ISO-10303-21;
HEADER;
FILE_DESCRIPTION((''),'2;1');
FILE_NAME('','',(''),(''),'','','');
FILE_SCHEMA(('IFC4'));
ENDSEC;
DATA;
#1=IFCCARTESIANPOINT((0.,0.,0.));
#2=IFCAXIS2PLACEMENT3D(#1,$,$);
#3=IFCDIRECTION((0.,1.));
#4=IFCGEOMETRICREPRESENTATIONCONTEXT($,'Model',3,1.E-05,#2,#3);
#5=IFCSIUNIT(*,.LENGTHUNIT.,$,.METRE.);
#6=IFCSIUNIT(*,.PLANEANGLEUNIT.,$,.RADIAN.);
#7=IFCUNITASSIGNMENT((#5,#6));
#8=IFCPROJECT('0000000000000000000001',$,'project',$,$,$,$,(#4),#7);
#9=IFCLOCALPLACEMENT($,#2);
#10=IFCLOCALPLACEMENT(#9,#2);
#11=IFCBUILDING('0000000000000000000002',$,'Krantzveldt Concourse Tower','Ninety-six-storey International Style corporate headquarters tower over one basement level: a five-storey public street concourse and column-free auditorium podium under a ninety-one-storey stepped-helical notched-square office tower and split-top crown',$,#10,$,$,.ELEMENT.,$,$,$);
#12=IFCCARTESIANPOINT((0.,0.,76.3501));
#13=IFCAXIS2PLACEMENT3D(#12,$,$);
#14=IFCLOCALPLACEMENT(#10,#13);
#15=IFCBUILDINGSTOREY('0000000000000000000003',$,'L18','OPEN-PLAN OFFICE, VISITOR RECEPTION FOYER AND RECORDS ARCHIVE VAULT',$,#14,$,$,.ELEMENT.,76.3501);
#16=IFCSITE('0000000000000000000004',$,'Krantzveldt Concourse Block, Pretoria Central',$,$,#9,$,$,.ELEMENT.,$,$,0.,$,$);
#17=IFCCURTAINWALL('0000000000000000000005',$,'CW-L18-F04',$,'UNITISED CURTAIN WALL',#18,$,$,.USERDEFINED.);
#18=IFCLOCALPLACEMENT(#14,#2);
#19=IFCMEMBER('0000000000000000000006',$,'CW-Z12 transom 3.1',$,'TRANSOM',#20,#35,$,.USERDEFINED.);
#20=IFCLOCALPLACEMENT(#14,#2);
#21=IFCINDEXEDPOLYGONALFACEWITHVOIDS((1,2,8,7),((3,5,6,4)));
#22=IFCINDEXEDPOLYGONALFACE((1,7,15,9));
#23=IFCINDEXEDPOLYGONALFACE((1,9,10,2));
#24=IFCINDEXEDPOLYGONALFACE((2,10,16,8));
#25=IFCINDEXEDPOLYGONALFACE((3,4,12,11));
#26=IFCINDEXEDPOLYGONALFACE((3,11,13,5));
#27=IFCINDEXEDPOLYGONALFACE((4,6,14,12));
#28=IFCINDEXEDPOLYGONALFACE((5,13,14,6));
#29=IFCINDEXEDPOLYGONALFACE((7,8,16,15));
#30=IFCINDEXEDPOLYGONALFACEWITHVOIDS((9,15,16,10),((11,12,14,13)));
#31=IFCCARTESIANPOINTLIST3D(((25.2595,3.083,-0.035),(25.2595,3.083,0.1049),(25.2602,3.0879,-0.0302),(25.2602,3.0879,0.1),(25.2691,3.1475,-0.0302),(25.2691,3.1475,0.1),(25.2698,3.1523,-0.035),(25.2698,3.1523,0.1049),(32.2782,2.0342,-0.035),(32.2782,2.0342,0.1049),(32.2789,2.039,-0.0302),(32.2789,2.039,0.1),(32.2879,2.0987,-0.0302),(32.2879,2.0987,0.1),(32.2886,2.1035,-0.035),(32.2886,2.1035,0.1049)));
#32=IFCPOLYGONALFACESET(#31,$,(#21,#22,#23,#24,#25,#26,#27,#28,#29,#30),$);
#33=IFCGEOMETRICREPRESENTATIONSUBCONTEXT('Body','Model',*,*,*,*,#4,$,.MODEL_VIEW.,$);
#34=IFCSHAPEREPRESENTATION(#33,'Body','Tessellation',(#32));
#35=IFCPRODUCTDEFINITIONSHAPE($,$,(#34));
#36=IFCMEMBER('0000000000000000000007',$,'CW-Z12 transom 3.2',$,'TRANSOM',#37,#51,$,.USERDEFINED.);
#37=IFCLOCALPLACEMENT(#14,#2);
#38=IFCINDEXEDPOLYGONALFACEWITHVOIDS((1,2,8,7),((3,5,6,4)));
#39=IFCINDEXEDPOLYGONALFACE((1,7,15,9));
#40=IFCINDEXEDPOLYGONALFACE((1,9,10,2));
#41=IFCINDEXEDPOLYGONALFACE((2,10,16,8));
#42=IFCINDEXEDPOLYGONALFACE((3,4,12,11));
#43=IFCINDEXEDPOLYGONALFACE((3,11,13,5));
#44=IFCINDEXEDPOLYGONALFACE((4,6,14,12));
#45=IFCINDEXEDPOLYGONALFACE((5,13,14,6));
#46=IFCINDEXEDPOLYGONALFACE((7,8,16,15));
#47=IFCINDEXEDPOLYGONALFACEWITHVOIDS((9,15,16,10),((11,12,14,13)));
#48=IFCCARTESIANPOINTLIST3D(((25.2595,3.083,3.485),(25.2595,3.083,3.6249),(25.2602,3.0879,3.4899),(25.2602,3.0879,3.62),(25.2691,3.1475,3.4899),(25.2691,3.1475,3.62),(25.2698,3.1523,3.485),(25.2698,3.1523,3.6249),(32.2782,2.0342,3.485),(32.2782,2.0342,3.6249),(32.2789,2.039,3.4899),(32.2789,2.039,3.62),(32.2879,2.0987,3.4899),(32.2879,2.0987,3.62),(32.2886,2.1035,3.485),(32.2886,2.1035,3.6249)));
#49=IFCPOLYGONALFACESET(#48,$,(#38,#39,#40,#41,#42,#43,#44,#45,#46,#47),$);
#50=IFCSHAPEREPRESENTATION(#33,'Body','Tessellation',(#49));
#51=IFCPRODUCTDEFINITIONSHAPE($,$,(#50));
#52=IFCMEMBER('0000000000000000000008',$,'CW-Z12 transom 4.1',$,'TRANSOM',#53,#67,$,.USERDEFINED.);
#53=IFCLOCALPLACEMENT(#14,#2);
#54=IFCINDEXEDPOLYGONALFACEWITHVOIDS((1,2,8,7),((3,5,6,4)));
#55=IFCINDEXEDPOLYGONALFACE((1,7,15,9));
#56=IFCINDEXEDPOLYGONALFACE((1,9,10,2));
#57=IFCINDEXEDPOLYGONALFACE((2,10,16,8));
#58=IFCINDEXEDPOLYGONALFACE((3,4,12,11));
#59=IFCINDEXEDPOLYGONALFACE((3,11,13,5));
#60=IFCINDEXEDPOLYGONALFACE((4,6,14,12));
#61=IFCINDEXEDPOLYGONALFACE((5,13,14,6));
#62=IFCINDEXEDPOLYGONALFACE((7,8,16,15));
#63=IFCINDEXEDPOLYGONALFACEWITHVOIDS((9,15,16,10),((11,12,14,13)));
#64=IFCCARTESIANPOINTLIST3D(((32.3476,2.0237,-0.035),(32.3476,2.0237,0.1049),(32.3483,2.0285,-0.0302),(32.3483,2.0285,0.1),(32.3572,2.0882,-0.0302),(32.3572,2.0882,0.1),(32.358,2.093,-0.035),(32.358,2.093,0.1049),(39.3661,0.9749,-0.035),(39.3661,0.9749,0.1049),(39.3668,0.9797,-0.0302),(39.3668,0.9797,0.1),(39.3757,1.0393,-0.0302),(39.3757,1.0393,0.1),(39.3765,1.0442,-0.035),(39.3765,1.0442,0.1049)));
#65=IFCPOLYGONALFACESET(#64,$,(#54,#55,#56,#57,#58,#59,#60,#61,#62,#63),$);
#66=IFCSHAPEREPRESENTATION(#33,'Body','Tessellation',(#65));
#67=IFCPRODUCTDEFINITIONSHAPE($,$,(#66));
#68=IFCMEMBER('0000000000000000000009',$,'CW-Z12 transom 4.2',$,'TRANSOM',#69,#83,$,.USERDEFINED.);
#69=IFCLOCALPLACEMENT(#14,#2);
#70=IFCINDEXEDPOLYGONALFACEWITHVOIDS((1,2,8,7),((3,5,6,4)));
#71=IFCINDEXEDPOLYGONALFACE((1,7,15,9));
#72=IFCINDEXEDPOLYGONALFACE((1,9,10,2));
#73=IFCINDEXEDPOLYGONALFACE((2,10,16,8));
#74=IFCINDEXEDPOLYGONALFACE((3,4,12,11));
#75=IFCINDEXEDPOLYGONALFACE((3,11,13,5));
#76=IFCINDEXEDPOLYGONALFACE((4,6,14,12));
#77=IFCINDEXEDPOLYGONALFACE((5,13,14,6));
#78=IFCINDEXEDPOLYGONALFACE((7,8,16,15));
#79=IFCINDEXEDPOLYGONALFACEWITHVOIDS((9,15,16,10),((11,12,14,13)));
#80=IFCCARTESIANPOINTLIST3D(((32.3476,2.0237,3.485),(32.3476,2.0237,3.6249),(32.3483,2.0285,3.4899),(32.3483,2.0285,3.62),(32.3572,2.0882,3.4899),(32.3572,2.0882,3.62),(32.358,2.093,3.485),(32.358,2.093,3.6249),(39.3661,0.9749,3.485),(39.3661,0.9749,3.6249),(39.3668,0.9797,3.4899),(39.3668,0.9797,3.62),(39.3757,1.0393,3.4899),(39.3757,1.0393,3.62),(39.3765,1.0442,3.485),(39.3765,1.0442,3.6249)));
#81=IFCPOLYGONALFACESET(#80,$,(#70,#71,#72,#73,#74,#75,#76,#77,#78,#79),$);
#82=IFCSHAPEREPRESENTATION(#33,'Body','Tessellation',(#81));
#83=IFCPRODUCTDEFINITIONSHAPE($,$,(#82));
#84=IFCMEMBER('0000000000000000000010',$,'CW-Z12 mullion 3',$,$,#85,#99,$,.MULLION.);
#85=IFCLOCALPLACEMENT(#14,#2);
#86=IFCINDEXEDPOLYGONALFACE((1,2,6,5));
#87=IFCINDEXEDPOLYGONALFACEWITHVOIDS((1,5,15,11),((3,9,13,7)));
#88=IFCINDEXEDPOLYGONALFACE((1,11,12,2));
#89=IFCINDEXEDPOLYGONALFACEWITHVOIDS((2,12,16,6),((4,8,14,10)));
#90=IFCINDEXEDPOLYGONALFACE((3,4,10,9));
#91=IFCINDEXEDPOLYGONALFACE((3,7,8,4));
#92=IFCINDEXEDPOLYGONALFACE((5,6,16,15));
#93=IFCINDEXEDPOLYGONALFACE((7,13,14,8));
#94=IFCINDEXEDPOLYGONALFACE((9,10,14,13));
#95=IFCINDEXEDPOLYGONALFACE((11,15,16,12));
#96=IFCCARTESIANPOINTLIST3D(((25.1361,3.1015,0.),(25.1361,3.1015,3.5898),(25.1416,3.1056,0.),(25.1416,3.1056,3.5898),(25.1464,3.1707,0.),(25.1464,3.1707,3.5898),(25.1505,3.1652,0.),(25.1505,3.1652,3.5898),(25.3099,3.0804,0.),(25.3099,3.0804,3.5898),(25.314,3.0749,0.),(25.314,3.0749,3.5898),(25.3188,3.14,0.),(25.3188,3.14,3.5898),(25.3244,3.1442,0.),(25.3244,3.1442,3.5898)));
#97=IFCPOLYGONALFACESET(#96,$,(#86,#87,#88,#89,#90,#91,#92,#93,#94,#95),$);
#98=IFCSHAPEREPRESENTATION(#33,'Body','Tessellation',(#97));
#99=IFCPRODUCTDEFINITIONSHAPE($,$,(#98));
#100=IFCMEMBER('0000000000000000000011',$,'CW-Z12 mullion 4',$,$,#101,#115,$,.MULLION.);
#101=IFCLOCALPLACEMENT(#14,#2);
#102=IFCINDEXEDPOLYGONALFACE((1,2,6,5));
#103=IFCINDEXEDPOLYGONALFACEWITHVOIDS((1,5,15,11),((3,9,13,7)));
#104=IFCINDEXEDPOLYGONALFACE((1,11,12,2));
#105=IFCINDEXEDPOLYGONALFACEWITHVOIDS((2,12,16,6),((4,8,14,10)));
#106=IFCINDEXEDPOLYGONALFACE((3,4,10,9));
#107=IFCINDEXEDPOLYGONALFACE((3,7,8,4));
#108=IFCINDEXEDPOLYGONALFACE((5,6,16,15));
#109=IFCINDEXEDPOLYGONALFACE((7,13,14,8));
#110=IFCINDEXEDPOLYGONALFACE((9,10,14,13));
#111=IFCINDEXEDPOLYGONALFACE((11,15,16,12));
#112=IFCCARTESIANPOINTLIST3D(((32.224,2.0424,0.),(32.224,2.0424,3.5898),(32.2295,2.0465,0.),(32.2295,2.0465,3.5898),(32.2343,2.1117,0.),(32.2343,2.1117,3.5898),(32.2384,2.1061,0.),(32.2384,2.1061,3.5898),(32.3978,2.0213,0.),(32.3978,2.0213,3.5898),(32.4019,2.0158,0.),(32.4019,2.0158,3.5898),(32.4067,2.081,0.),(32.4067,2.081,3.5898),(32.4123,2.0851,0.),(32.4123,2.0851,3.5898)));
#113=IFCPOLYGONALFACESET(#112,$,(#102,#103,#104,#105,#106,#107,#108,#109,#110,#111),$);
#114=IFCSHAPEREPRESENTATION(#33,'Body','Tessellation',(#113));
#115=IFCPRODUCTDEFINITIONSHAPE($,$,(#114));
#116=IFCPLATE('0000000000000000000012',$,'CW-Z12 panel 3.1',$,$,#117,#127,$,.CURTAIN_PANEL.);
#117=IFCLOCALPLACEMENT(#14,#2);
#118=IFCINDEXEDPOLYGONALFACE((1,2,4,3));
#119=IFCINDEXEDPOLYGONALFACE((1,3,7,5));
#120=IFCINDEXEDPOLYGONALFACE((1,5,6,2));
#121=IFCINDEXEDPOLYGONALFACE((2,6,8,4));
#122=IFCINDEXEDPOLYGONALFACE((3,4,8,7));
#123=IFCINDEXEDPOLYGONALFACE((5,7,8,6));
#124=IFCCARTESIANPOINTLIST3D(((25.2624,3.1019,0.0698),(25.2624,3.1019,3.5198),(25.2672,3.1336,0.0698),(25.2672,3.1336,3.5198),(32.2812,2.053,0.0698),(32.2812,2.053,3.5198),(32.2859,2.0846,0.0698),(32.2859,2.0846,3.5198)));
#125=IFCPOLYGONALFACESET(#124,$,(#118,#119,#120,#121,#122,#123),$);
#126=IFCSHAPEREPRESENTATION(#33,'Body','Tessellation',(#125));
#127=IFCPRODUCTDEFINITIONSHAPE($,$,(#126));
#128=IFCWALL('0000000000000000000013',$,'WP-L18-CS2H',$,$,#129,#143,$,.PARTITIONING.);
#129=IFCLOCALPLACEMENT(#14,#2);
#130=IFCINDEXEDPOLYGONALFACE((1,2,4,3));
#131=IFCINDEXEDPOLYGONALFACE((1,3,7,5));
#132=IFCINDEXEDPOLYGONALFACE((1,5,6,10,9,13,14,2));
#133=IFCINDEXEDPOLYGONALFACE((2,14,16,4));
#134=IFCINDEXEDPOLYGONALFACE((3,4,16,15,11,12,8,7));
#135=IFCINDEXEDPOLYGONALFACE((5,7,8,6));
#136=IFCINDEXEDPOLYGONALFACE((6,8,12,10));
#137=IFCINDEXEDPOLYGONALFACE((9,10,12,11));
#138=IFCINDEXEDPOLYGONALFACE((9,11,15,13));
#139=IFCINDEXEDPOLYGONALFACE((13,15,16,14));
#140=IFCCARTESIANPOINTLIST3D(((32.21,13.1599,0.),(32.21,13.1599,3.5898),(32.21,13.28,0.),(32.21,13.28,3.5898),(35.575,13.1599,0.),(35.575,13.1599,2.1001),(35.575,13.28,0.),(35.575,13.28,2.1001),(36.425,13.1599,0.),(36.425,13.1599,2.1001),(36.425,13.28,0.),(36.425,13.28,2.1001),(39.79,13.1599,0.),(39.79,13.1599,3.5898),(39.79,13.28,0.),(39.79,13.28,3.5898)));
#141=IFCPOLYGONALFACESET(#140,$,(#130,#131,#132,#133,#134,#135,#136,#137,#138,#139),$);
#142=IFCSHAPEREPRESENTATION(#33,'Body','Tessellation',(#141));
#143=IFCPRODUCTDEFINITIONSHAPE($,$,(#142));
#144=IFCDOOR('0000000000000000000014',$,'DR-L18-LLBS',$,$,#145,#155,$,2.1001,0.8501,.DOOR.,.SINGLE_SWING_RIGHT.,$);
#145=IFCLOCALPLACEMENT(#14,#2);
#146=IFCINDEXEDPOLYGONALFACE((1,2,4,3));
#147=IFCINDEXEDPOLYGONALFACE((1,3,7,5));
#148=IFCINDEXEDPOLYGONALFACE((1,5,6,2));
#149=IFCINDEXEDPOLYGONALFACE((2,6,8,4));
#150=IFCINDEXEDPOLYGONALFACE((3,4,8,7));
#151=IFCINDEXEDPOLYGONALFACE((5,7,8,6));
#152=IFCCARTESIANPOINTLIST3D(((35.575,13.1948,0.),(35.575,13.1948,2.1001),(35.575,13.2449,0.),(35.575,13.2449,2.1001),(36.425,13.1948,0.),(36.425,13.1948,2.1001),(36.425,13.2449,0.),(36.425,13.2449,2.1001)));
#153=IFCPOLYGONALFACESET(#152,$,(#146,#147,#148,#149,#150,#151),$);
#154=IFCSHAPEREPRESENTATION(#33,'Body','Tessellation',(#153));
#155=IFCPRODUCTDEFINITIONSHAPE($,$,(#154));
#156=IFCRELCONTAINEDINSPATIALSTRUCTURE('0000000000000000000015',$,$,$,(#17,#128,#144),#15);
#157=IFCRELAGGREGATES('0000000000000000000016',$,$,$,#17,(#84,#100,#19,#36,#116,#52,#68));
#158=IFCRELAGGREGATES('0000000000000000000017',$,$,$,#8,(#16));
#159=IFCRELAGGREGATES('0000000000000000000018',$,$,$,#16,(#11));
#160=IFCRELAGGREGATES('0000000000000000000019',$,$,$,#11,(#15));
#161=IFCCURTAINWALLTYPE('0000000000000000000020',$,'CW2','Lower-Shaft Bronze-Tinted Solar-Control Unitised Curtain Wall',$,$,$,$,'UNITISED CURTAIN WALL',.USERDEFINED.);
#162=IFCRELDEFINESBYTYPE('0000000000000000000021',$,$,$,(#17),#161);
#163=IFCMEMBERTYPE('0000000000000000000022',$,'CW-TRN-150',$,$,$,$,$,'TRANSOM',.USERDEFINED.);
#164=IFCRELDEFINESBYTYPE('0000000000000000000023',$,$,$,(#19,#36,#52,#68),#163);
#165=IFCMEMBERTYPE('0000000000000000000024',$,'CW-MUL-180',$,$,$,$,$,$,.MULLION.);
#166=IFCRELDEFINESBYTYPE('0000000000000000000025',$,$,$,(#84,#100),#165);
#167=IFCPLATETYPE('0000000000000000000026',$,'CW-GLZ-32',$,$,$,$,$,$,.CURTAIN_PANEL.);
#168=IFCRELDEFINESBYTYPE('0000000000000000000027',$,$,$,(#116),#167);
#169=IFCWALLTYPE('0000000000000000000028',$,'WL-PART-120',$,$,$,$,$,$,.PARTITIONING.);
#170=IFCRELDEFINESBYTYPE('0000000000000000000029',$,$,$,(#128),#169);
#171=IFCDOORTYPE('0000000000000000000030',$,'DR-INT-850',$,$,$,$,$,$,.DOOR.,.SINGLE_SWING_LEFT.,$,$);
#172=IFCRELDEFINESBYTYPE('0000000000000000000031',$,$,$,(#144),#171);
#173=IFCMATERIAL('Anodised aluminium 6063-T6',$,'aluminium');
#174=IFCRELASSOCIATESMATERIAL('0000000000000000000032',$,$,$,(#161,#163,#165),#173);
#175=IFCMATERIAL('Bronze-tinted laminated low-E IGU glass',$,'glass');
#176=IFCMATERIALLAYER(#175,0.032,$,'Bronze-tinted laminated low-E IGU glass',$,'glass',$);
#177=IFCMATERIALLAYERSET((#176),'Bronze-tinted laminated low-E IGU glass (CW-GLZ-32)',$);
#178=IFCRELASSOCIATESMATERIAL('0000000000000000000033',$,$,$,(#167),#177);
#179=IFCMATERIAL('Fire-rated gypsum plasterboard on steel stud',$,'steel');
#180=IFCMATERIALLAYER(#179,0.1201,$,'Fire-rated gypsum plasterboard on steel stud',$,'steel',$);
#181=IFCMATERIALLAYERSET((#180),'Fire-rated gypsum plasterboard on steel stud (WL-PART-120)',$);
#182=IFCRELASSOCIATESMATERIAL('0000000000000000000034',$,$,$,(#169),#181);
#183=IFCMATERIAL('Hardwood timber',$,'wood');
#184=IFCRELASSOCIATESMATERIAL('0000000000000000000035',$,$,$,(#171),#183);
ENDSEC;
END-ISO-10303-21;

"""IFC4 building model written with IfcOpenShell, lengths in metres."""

from ifc_helpers import new_model, si_unit, direction, frame, frame_2d, origin, origin_2d, place, context, subcontext, project, spatial, rectangle, hollow_rectangle, extrude, source, transform, mapped, material, layer, layer_set, material_profile, profile_set, type_object, type_shapes, element, fill, aggregate, save


model = new_model("IFC4")

# Units and contexts
model_context = context("Model", 3, precision=1e-05, world=origin(), true_north=direction((0.0, 1.0)))
body_context = subcontext(model_context, "Body", "Model", "MODEL_VIEW")
ifc_project = project(units=[si_unit("LENGTHUNIT", "METRE"), si_unit("PLANEANGLEUNIT", "RADIAN")], contexts=[model_context])

# Site, building, storey
site_placement = place(None, origin())
site = spatial("IfcSite", under=ifc_project, at=site_placement, Name="Krantzveldt Concourse Block, Pretoria Central", CompositionType="ELEMENT", RefElevation=0.0)
building_placement = place(site_placement, origin())
building = spatial("IfcBuilding", under=site, at=building_placement, Name="Krantzveldt Concourse Tower", Description="Ninety-six-storey International Style corporate headquarters tower over one basement level: a five-storey public street concourse and column-free auditorium podium under a ninety-one-storey stepped-helical notched-square office tower and split-top crown", CompositionType="ELEMENT")
storey_placement = place(building_placement, frame((0.0, 0.0, 76.3501)))
storey = spatial("IfcBuildingStorey", under=building, at=storey_placement, Name="L18", Description="OPEN-PLAN OFFICE, VISITOR RECEPTION FOYER AND RECORDS ARCHIVE VAULT", CompositionType="ELEMENT", Elevation=76.3501)

# Curtain wall, members, plate
ifc_material_1 = material(Name="Anodised aluminium 6063-T6", Category="aluminium")
curtain_wall_type = type_object("IfcCurtainWallType", Name="CW2", Description="Lower-Shaft Bronze-Tinted Solar-Control Unitised Curtain Wall", ElementType="UNITISED CURTAIN WALL", PredefinedType="USERDEFINED", material=ifc_material_1)
curtain_wall_placement = place(storey_placement, origin())
curtain_wall = element("IfcCurtainWall", 1, at=curtain_wall_placement, inside=storey, type_object=curtain_wall_type, Name="CW-L18-F04", ObjectType="UNITISED CURTAIN WALL", PredefinedType="USERDEFINED")
ifc_material_profile_1 = material_profile(ifc_material_1, hollow_rectangle(XDim=0.0701, YDim=0.1399, WallThickness=0.0049, at=origin_2d()), Name="Anodised aluminium 6063-T6", Category="aluminium")
ifc_profile_set_1 = profile_set([ifc_material_profile_1], Name="Anodised aluminium 6063-T6 - ALU-TRAN 140x70x5")
member_type_1 = type_object("IfcMemberType", Name="CW-TRN-150", ElementType="TRANSOM", PredefinedType="USERDEFINED", material=ifc_profile_set_1)
shared_shape_1 = source(origin(), body_context, "Body", "SweptSolid", [
    extrude(hollow_rectangle(XDim=0.0701, YDim=0.1399, WallThickness=0.0049, at=origin_2d()), origin(), (0.0, 0.0, 1.0), 7.0967),
])
member_1_placement = place(storey_placement, frame((25.2646, 3.1177, 0.0349), z_axis=(0.989019, -0.14779, 0.0), x_axis=(0.14779, 0.989019, 0.0)))
member_1 = element("IfcMember", 2, at=member_1_placement, type_object=member_type_1, Name="CW-Z12 transom 3.1", ObjectType="TRANSOM", PredefinedType="USERDEFINED", context=body_context, shape_type="MappedRepresentation", body=[
    mapped(shared_shape_1, transform((0.0, 0.0, 0.0), x_axis=(1.0, 0.0, 0.0), y_axis=(0.0, 1.0, 0.0), z_axis=(0.0, 0.0, 1.0), scale=1.0)),
])
member_2_placement = place(storey_placement, frame((25.2646, 3.1177, 3.5549), z_axis=(0.989019, -0.14779, 0.0), x_axis=(0.14779, 0.989019, 0.0)))
member_2 = element("IfcMember", 3, at=member_2_placement, type_object=member_type_1, Name="CW-Z12 transom 3.2", ObjectType="TRANSOM", PredefinedType="USERDEFINED", context=body_context, shape_type="MappedRepresentation", body=[
    mapped(shared_shape_1, transform((0.0, 0.0, 0.0), x_axis=(1.0, 0.0, 0.0), y_axis=(0.0, 1.0, 0.0), z_axis=(0.0, 0.0, 1.0), scale=1.0)),
])
shared_shape_2 = source(origin(), body_context, "Body", "SweptSolid", [
    extrude(hollow_rectangle(XDim=0.0701, YDim=0.1399, WallThickness=0.0049, at=origin_2d()), origin(), (0.0, 0.0, 1.0), 7.0964),
])
type_shapes(member_type_1, [shared_shape_1, shared_shape_2])
member_3_placement = place(storey_placement, frame((32.3528, 2.0583, 0.0349), z_axis=(0.989018, -0.147795, 0.0), x_axis=(0.147795, 0.989018, 0.0)))
member_3 = element("IfcMember", 4, at=member_3_placement, type_object=member_type_1, Name="CW-Z12 transom 4.1", ObjectType="TRANSOM", PredefinedType="USERDEFINED", context=body_context, shape_type="MappedRepresentation", body=[
    mapped(shared_shape_2, transform((0.0, 0.0, 0.0), x_axis=(1.0, 0.0, 0.0), y_axis=(0.0, 1.0, 0.0), z_axis=(0.0, 0.0, 1.0), scale=1.0)),
])
member_4_placement = place(storey_placement, frame((32.3528, 2.0583, 3.5549), z_axis=(0.989018, -0.147795, 0.0), x_axis=(0.147795, 0.989018, 0.0)))
member_4 = element("IfcMember", 5, at=member_4_placement, type_object=member_type_1, Name="CW-Z12 transom 4.2", ObjectType="TRANSOM", PredefinedType="USERDEFINED", context=body_context, shape_type="MappedRepresentation", body=[
    mapped(shared_shape_2, transform((0.0, 0.0, 0.0), x_axis=(1.0, 0.0, 0.0), y_axis=(0.0, 1.0, 0.0), z_axis=(0.0, 0.0, 1.0), scale=1.0)),
])
ifc_material_profile_2 = material_profile(ifc_material_1, hollow_rectangle(XDim=0.0701, YDim=0.1799, WallThickness=0.0049, at=origin_2d()), Name="Anodised aluminium 6063-T6", Category="aluminium")
ifc_profile_set_2 = profile_set([ifc_material_profile_2], Name="Anodised aluminium 6063-T6 - ALU-MULL 180x70x5")
member_type_2 = type_object("IfcMemberType", Name="CW-MUL-180", PredefinedType="MULLION", material=ifc_profile_set_2)
shared_shape_3 = source(origin(), body_context, "Body", "SweptSolid", [
    extrude(hollow_rectangle(XDim=0.0701, YDim=0.1799, WallThickness=0.0049, at=origin_2d()), origin(), (0.0, 0.0, 1.0), 3.5898),
])
type_shapes(member_type_2, [shared_shape_3])
member_5_placement = place(storey_placement, frame((25.2302, 3.1228, 0.0), z_axis=(0.0, 0.0, 1.0), x_axis=(0.14781, 0.989016, 0.0)))
member_5 = element("IfcMember", 6, at=member_5_placement, type_object=member_type_2, Name="CW-Z12 mullion 3", PredefinedType="MULLION", context=body_context, shape_type="MappedRepresentation", body=[
    mapped(shared_shape_3, transform((0.0, 0.0, 0.0), x_axis=(1.0, 0.0, 0.0), y_axis=(0.0, 1.0, 0.0), z_axis=(0.0, 0.0, 1.0), scale=1.0)),
])
member_6_placement = place(storey_placement, frame((32.3181, 2.0637, 0.0), z_axis=(0.0, 0.0, 1.0), x_axis=(0.14781, 0.989016, 0.0)))
member_6 = element("IfcMember", 7, at=member_6_placement, type_object=member_type_2, Name="CW-Z12 mullion 4", PredefinedType="MULLION", context=body_context, shape_type="MappedRepresentation", body=[
    mapped(shared_shape_3, transform((0.0, 0.0, 0.0), x_axis=(1.0, 0.0, 0.0), y_axis=(0.0, 1.0, 0.0), z_axis=(0.0, 0.0, 1.0), scale=1.0)),
])
ifc_material_2 = material(Name="Bronze-tinted laminated low-E IGU glass", Category="glass")
ifc_layer_1 = layer(ifc_material_2, 0.032, Name="Bronze-tinted laminated low-E IGU glass", Category="glass")
ifc_layer_set_1 = layer_set([ifc_layer_1], Name="Bronze-tinted laminated low-E IGU glass (CW-GLZ-32)")
plate_type = type_object("IfcPlateType", Name="CW-GLZ-32", PredefinedType="CURTAIN_PANEL", material=ifc_layer_set_1)
shared_shape_4 = source(origin(), body_context, "Body", "SweptSolid", [
    extrude(rectangle(XDim=7.0967, YDim=0.032, at=origin_2d()), origin(), (0.0, 0.0, 1.0), 3.45),
])
type_shapes(plate_type, [shared_shape_4])
plate_placement = place(storey_placement, frame((28.7742, 2.5933, 0.0698), z_axis=(0.0, 0.0, 1.0), x_axis=(0.989016, -0.14781, 0.0)))
plate = element("IfcPlate", 8, at=plate_placement, type_object=plate_type, Name="CW-Z12 panel 3.1", PredefinedType="CURTAIN_PANEL", context=body_context, shape_type="MappedRepresentation", body=[
    mapped(shared_shape_4, transform((0.0, 0.0, 0.0), x_axis=(1.0, 0.0, 0.0), y_axis=(0.0, 1.0, 0.0), z_axis=(0.0, 0.0, 1.0), scale=1.0)),
])
aggregate(curtain_wall, [member_5, member_6, member_1, member_2, plate, member_3, member_4])

# Wall, opening, door
ifc_material_3 = material(Name="Fire-rated gypsum plasterboard on steel stud", Category="steel")
ifc_layer_2 = layer(ifc_material_3, 0.1201, Name="Fire-rated gypsum plasterboard on steel stud", Category="steel")
ifc_layer_set_2 = layer_set([ifc_layer_2], Name="Fire-rated gypsum plasterboard on steel stud (WL-PART-120)")
wall_type_1 = type_object("IfcWallType", Name="WL-PART-120", PredefinedType="PARTITIONING", material=ifc_layer_set_2)
wall_1_placement = place(storey_placement, frame((32.21, 13.22, 0.0), z_axis=(0.0, 0.0, 1.0), x_axis=(1.0, 0.0, 0.0)))
wall_1 = element("IfcWall", 9, at=wall_1_placement, inside=storey, type_object=wall_type_1, Name="WP-L18-CS2H", PredefinedType="PARTITIONING", context=body_context, shape_type="SweptSolid", body=[
    extrude(rectangle(XDim=7.5801, YDim=0.1201, at=frame_2d((3.79, 0.0))), origin(), (0.0, 0.0, 1.0), 3.5898),
])
opening_1_placement = place(wall_1_placement, frame((3.365, 0.0, 0.0)))
opening_1 = element("IfcOpeningElement", 10, at=opening_1_placement, cuts=wall_1, PredefinedType="OPENING", context=body_context, shape_type="SweptSolid", body=[
    extrude(rectangle(XDim=0.8501, YDim=2.1001, at=frame_2d((0.425, 1.05))), frame((0.0, 0.0701, 0.0), z_axis=(0.0, -1.0, 0.0), x_axis=(1.0, 0.0, 0.0)), (0.0, 0.0, 1.0), 0.1401),
])
ifc_material_4 = material(Name="Hardwood timber", Category="wood")
door_type_1 = type_object("IfcDoorType", Name="DR-INT-850", OperationType="SINGLE_SWING_LEFT", PredefinedType="DOOR", material=ifc_material_4)
door_1_placement = place(opening_1_placement, origin())
door_1 = element("IfcDoor", 11, at=door_1_placement, inside=storey, type_object=door_type_1, Name="DR-L18-LLBS", OperationType="SINGLE_SWING_RIGHT", OverallHeight=2.1001, OverallWidth=0.8501, PredefinedType="DOOR", context=body_context, shape_type="SweptSolid", body=[
    extrude(rectangle(XDim=0.8501, YDim=2.1001, at=frame_2d((0.425, 1.05))), frame((0.0, 0.0249, 0.0), z_axis=(0.0, -1.0, 0.0), x_axis=(1.0, 0.0, 0.0)), (0.0, 0.0, 1.0), 0.05),
])
fill(opening_1, door_1)

save(model, "model.ifc")
